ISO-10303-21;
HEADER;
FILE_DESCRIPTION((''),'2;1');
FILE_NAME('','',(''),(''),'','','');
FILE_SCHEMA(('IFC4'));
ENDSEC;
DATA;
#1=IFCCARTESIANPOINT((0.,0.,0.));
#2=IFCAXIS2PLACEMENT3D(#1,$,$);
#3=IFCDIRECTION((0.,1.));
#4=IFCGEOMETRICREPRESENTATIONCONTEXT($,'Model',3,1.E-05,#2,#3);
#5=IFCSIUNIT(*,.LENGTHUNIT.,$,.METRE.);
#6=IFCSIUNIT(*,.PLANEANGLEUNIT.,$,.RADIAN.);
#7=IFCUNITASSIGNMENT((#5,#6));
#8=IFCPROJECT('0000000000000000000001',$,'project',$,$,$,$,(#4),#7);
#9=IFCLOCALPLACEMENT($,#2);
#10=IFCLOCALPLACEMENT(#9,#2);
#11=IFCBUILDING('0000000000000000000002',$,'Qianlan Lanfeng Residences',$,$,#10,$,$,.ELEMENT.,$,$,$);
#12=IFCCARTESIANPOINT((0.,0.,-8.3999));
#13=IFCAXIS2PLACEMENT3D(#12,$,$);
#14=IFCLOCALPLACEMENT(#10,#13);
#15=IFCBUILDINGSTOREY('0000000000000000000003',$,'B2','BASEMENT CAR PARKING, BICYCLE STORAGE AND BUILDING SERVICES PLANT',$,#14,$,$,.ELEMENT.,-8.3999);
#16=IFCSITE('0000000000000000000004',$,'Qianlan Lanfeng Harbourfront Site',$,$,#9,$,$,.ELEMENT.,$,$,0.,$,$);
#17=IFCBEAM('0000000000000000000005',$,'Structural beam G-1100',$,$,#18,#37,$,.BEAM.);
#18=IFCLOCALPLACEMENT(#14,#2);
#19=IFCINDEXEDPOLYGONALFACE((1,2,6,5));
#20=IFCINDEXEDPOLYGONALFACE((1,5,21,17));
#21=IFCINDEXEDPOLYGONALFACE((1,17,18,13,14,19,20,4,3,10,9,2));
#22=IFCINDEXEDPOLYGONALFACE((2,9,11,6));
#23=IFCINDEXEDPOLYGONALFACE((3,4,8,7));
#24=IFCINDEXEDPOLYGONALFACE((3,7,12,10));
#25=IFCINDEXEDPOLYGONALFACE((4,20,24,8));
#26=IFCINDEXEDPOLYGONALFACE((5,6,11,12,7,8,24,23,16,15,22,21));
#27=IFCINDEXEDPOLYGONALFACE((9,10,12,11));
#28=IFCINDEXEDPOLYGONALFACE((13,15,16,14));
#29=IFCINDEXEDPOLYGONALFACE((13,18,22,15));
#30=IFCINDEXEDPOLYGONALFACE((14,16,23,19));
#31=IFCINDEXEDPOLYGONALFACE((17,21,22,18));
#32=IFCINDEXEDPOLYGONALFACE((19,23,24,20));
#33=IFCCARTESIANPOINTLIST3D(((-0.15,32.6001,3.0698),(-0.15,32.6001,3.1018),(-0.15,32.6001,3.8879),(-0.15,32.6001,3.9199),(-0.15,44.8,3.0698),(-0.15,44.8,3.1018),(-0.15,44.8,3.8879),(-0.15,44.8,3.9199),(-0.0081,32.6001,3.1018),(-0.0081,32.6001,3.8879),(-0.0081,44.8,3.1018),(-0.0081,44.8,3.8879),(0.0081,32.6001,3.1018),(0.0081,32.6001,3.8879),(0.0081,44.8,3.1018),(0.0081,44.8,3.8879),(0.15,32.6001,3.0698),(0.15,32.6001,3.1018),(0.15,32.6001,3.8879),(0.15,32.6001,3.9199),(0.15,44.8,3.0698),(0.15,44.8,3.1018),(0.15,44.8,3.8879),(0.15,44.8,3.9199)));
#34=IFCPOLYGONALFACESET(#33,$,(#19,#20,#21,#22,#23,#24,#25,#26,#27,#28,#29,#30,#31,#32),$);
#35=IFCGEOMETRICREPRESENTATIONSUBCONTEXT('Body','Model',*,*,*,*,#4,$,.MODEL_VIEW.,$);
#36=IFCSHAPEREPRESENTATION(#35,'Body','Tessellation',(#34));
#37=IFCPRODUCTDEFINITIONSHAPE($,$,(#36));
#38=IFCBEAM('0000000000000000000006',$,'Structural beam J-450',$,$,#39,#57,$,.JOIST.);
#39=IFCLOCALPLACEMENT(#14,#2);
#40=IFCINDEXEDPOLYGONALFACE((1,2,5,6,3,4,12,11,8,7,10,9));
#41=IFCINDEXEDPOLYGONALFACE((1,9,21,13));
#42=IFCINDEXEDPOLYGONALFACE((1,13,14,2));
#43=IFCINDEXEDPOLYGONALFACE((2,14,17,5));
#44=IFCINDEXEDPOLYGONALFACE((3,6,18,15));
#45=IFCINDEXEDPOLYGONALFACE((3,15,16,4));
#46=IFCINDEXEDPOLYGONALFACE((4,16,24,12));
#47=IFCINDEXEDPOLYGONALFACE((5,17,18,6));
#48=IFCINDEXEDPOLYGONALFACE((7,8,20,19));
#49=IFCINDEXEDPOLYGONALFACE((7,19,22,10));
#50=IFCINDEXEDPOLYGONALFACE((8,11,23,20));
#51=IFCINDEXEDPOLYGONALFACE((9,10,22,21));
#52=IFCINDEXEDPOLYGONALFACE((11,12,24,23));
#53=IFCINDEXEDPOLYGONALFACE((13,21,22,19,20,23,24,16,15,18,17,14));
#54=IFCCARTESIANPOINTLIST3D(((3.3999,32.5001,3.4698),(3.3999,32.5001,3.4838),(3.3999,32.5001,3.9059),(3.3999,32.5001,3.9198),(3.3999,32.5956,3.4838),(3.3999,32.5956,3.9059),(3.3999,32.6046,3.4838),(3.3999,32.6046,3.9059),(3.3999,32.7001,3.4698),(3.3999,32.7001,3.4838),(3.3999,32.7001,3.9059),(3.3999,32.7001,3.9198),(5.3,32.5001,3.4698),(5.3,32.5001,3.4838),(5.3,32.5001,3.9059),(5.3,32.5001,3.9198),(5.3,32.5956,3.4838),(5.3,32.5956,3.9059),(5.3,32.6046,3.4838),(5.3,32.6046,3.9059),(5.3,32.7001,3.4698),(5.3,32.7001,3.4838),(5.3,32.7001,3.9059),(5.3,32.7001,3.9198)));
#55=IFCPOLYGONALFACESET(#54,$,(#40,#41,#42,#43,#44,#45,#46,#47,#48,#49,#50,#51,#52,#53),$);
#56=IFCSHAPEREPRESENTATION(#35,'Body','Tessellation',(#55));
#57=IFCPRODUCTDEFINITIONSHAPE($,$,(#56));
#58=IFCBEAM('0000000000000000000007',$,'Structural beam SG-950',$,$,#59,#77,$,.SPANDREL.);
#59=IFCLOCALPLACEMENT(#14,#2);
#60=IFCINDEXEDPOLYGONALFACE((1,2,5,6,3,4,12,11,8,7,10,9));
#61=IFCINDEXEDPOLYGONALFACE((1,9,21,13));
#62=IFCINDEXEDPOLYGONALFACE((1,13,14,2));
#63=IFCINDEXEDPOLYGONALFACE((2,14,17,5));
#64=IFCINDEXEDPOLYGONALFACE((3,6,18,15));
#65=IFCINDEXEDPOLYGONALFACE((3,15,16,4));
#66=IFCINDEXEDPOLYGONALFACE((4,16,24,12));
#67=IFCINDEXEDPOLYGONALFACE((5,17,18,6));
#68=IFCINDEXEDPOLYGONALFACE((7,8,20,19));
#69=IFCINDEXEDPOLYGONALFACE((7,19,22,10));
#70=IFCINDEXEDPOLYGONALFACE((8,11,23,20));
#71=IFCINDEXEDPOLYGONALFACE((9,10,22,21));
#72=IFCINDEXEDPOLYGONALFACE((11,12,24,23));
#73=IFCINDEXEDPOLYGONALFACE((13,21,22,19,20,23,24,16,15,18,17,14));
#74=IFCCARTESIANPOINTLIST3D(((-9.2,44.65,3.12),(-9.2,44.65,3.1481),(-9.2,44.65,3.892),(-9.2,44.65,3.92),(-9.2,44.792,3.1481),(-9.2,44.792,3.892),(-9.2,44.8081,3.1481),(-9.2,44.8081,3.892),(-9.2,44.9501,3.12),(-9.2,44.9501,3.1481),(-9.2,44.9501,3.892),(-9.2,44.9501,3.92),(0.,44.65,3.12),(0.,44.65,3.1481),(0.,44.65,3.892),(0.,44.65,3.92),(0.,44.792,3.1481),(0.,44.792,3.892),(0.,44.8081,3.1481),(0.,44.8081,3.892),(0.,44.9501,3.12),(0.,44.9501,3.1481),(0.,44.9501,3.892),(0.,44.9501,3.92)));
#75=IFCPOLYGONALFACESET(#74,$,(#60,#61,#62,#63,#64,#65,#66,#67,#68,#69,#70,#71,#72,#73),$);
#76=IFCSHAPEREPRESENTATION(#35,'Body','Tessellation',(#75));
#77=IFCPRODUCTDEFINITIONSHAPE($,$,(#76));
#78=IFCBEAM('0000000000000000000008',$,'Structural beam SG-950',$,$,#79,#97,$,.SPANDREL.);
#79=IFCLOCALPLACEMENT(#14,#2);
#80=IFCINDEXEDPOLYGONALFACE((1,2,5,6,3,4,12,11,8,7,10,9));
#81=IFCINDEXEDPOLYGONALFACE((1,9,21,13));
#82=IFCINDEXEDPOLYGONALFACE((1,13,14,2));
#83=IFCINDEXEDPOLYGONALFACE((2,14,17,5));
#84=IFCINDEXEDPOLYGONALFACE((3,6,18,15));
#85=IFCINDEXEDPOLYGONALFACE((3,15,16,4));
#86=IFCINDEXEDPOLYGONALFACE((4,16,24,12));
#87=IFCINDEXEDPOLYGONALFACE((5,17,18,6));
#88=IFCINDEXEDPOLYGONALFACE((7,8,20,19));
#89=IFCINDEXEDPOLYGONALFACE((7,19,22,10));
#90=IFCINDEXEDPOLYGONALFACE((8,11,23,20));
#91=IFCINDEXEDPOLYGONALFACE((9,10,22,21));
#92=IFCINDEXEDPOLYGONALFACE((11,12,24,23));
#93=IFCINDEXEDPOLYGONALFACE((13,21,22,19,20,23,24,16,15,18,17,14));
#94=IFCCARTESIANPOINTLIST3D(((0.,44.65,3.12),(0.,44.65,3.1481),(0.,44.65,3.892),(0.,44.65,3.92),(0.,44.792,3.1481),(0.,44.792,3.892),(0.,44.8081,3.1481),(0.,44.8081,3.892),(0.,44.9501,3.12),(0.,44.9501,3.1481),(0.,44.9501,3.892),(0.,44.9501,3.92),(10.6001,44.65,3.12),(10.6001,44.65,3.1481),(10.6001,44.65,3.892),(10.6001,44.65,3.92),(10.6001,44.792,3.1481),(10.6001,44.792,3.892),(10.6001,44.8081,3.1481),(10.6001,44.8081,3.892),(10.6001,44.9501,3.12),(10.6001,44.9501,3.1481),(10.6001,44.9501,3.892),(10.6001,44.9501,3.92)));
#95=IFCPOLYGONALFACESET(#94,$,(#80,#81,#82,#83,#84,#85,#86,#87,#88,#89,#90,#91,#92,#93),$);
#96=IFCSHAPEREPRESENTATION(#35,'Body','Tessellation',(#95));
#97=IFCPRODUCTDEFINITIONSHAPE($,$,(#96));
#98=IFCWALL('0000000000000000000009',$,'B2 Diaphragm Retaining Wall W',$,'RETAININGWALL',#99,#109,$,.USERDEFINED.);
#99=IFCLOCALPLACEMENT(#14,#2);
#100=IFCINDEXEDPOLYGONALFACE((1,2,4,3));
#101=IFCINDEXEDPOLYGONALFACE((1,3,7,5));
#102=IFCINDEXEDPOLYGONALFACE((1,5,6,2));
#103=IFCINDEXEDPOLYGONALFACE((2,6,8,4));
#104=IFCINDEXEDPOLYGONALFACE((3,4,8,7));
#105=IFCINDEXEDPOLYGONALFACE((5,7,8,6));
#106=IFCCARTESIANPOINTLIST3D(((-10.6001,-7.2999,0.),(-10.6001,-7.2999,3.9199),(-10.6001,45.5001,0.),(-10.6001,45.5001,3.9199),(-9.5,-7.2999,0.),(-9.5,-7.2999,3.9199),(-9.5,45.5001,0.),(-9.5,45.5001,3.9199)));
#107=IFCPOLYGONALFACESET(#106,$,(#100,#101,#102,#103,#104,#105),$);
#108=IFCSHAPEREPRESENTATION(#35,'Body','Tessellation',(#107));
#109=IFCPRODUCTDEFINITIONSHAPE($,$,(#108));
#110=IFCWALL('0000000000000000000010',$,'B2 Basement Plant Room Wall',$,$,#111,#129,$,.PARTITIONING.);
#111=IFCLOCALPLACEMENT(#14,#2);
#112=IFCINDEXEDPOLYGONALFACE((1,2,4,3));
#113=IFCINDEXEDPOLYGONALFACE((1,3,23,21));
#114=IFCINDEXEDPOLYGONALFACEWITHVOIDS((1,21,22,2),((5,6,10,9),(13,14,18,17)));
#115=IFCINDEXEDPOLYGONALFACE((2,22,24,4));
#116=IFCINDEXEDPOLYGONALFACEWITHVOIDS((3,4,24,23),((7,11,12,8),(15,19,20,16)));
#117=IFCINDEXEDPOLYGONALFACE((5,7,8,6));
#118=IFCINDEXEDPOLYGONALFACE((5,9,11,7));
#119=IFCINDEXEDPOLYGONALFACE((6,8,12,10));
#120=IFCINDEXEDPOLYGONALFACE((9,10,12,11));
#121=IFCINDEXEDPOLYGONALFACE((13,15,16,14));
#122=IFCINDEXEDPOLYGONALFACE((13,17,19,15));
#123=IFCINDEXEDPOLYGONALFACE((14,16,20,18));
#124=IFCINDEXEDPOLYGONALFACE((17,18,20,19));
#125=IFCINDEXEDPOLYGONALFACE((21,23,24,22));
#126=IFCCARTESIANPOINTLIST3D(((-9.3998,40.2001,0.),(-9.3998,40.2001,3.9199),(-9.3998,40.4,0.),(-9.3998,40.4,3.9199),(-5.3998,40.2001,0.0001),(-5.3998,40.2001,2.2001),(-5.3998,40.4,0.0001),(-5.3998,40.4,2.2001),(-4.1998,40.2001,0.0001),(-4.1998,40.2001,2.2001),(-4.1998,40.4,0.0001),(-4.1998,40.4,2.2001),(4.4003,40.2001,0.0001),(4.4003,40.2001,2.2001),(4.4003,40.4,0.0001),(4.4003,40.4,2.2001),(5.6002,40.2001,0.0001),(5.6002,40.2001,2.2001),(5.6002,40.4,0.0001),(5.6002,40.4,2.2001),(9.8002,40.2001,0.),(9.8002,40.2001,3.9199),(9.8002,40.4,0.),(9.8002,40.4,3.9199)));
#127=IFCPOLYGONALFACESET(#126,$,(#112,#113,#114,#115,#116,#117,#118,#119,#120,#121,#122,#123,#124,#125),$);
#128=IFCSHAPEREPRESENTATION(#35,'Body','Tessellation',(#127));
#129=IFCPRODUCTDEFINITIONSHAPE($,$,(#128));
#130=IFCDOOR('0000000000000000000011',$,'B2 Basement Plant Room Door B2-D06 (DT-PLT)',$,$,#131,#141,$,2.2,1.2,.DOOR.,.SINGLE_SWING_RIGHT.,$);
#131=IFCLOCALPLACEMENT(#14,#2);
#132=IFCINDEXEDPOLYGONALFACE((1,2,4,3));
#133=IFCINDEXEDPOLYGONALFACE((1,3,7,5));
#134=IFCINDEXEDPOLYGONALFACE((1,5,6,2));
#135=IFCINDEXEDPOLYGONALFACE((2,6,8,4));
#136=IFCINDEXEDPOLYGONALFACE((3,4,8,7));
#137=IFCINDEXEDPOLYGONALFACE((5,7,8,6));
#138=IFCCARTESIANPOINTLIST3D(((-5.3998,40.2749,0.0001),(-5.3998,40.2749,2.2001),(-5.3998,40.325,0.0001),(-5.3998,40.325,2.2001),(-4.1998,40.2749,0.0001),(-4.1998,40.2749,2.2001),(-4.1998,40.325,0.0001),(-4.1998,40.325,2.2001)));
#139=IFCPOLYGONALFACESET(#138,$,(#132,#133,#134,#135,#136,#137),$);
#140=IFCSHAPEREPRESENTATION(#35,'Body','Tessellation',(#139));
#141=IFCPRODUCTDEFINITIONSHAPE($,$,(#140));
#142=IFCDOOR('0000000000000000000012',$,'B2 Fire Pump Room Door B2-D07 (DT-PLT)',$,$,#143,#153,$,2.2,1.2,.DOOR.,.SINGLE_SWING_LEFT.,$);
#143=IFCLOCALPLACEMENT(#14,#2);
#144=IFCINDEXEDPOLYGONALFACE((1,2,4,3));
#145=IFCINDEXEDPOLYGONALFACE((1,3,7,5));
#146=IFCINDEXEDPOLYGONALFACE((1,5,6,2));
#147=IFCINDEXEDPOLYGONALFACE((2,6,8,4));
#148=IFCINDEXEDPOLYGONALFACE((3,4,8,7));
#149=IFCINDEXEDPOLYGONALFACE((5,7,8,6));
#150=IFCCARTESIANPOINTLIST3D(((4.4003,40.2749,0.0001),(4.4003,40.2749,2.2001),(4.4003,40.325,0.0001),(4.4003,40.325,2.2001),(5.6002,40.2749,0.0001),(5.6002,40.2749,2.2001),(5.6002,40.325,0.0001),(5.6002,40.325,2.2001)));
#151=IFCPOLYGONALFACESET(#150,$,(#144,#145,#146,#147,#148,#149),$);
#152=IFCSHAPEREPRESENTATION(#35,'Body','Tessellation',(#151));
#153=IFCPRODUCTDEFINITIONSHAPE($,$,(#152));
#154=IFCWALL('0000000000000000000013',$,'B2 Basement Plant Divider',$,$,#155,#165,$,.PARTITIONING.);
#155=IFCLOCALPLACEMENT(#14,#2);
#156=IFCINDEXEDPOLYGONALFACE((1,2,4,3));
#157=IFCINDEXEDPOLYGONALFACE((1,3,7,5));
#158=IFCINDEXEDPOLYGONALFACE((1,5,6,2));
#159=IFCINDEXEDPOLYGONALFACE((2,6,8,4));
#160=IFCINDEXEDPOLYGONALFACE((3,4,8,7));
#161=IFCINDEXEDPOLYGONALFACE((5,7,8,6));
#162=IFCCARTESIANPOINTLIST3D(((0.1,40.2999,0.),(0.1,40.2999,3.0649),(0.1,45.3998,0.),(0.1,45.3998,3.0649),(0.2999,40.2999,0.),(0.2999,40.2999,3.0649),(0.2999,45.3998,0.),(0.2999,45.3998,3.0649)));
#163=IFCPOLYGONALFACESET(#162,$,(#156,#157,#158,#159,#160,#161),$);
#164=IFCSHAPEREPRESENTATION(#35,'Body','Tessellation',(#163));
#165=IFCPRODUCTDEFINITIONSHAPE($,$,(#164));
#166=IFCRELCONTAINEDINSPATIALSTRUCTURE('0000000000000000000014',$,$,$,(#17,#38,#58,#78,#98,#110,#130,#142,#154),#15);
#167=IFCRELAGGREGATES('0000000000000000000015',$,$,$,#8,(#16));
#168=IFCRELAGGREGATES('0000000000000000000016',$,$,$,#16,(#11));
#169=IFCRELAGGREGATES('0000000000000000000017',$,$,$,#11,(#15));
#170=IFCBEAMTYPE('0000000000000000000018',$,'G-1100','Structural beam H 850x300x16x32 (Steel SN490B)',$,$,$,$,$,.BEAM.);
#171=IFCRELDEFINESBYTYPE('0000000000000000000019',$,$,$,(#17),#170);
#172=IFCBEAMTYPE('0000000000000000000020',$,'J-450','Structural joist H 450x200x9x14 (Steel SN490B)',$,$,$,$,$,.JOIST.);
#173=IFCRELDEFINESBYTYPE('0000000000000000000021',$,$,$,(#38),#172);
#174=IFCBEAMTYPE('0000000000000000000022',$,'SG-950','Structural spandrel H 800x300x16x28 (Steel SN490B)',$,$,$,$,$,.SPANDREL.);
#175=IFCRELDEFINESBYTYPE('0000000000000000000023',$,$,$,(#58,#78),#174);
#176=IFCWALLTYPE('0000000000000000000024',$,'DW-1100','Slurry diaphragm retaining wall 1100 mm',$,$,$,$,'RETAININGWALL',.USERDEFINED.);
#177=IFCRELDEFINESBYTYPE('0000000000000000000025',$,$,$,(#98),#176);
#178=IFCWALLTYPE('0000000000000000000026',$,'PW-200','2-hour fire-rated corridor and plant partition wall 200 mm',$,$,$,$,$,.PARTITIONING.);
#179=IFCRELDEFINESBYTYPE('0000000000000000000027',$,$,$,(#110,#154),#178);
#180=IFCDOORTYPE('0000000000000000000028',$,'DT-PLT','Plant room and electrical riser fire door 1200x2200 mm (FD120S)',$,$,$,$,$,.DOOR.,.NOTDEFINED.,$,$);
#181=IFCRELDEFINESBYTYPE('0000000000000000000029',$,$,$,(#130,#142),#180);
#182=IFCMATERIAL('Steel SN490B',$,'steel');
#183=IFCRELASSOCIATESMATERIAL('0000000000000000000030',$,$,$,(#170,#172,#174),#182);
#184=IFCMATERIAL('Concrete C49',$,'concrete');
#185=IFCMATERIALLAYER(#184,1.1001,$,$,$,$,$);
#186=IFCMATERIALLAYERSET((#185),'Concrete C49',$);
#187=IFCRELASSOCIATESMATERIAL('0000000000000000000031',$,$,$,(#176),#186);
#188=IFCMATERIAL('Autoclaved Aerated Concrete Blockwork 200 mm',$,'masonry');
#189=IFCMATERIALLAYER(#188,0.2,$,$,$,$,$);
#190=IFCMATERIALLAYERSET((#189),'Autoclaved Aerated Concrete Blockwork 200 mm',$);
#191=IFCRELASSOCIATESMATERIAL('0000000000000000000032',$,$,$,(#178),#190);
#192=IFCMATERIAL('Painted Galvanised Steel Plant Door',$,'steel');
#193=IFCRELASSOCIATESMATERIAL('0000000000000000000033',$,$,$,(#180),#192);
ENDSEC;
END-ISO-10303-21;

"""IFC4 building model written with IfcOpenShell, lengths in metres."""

from ifc_helpers import new_model, si_unit, direction, frame, frame_2d, origin, origin_2d, place, context, subcontext, project, spatial, rectangle, i_section, extrude, material, layer, layer_set, material_profile, profile_set, type_object, element, fill, save


model = new_model("IFC4")

# Units and contexts
model_context = context("Model", 3, precision=1e-05, world=origin(), true_north=direction((0.0, 1.0)))
body_context = subcontext(model_context, "Body", "Model", "MODEL_VIEW")
ifc_project = project(units=[si_unit("LENGTHUNIT", "METRE"), si_unit("PLANEANGLEUNIT", "RADIAN")], contexts=[model_context])

# Site, building, storey
site_placement = place(None, origin())
site = spatial("IfcSite", under=ifc_project, at=site_placement, Name="Qianlan Lanfeng Harbourfront Site", CompositionType="ELEMENT", RefElevation=0.0)
building_placement = place(site_placement, origin())
building = spatial("IfcBuilding", under=site, at=building_placement, Name="Qianlan Lanfeng Residences", CompositionType="ELEMENT")
storey_placement = place(building_placement, frame((0.0, 0.0, -8.3999)))
storey = spatial("IfcBuildingStorey", under=building, at=storey_placement, Name="B2", Description="BASEMENT CAR PARKING, BICYCLE STORAGE AND BUILDING SERVICES PLANT", CompositionType="ELEMENT", Elevation=-8.3999)

# Beams
ifc_material_1 = material(Name="Steel SN490B", Category="steel")
ifc_material_profile_1 = material_profile(ifc_material_1, i_section(OverallWidth=0.3, OverallDepth=0.8501, WebThickness=0.0161, FlangeThickness=0.032, at=origin_2d()), Name="H 850x300x16x32")
ifc_profile_set_1 = profile_set([ifc_material_profile_1], Name="Steel SN490B")
beam_type_1 = type_object("IfcBeamType", Name="G-1100", Description="Structural beam H 850x300x16x32 (Steel SN490B)", PredefinedType="BEAM", material=ifc_profile_set_1)
for number, where, z_axis, x_axis, name in (
    (1, (0.0, 32.6001, 3.4949), (0.0, 1.0, 0.0), (-1.0, 0.0, 0.0), "Structural beam G-1100"),
):
    element("IfcBeam", number, at=place(storey_placement, frame(where, z_axis=z_axis, x_axis=x_axis)), inside=storey, type_object=beam_type_1, Name=name, PredefinedType="BEAM", context=body_context, shape_type="SweptSolid", body=[
        extrude(i_section(OverallWidth=0.3, OverallDepth=0.8501, WebThickness=0.0161, FlangeThickness=0.032, at=origin_2d()), origin(), (0.0, 0.0, 1.0), 12.2),
    ])
ifc_material_profile_2 = material_profile(ifc_material_1, i_section(OverallWidth=0.2, OverallDepth=0.45, WebThickness=0.009, FlangeThickness=0.0139, at=origin_2d()), Name="H 450x200x9x14")
ifc_profile_set_2 = profile_set([ifc_material_profile_2], Name="Steel SN490B")
beam_type_2 = type_object("IfcBeamType", Name="J-450", Description="Structural joist H 450x200x9x14 (Steel SN490B)", PredefinedType="JOIST", material=ifc_profile_set_2)
beam_1_placement = place(storey_placement, frame((3.3999, 32.6001, 3.6948), z_axis=(1.0, 0.0, 0.0), x_axis=(0.0, 1.0, 0.0)))
element("IfcBeam", 2, at=beam_1_placement, inside=storey, type_object=beam_type_2, Name="Structural beam J-450", PredefinedType="JOIST", context=body_context, shape_type="SweptSolid", body=[
    extrude(i_section(OverallWidth=0.2, OverallDepth=0.45, WebThickness=0.009, FlangeThickness=0.0139, at=origin_2d()), origin(), (0.0, 0.0, 1.0), 1.9001),
])
ifc_material_profile_3 = material_profile(ifc_material_1, i_section(OverallWidth=0.3, OverallDepth=0.8, WebThickness=0.0161, FlangeThickness=0.0281, at=origin_2d()), Name="H 800x300x16x28")
ifc_profile_set_3 = profile_set([ifc_material_profile_3], Name="Steel SN490B")
beam_type_3 = type_object("IfcBeamType", Name="SG-950", Description="Structural spandrel H 800x300x16x28 (Steel SN490B)", PredefinedType="SPANDREL", material=ifc_profile_set_3)
beam_2_placement = place(storey_placement, frame((-9.2, 44.8, 3.52), z_axis=(1.0, 0.0, 0.0), x_axis=(0.0, 1.0, 0.0)))
element("IfcBeam", 3, at=beam_2_placement, inside=storey, type_object=beam_type_3, Name="Structural beam SG-950", PredefinedType="SPANDREL", context=body_context, shape_type="SweptSolid", body=[
    extrude(i_section(OverallWidth=0.3, OverallDepth=0.8, WebThickness=0.0161, FlangeThickness=0.0281, at=origin_2d()), origin(), (0.0, 0.0, 1.0), 9.2),
])
beam_3_placement = place(storey_placement, frame((0.0, 44.8, 3.52), z_axis=(1.0, 0.0, 0.0), x_axis=(0.0, 1.0, 0.0)))
element("IfcBeam", 4, at=beam_3_placement, inside=storey, type_object=beam_type_3, Name="Structural beam SG-950", PredefinedType="SPANDREL", context=body_context, shape_type="SweptSolid", body=[
    extrude(i_section(OverallWidth=0.3, OverallDepth=0.8, WebThickness=0.0161, FlangeThickness=0.0281, at=origin_2d()), origin(), (0.0, 0.0, 1.0), 10.6001),
])

# Wall
ifc_material_2 = material(Name="Concrete C49", Category="concrete")
ifc_layer_1 = layer(ifc_material_2, 1.1001)
ifc_layer_set_1 = layer_set([ifc_layer_1], Name="Concrete C49")
wall_type_1 = type_object("IfcWallType", Name="DW-1100", Description="Slurry diaphragm retaining wall 1100 mm", ElementType="RETAININGWALL", PredefinedType="USERDEFINED", material=ifc_layer_set_1)
wall_1_placement = place(storey_placement, frame((-10.05, 45.5, 0.0), z_axis=(0.0, 0.0, 1.0), x_axis=(0.0, -1.0, 0.0)))
element("IfcWall", 5, at=wall_1_placement, inside=storey, type_object=wall_type_1, Name="B2 Diaphragm Retaining Wall W", ObjectType="RETAININGWALL", PredefinedType="USERDEFINED", context=body_context, shape_type="SweptSolid", body=[
    extrude(rectangle(XDim=52.8, YDim=1.1001, at=frame_2d((26.3999, 0.0))), origin(), (0.0, 0.0, 1.0), 3.9199),
])

# Wall, openings, doors
ifc_material_3 = material(Name="Autoclaved Aerated Concrete Blockwork 200 mm", Category="masonry")
ifc_layer_2 = layer(ifc_material_3, 0.2)
ifc_layer_set_2 = layer_set([ifc_layer_2], Name="Autoclaved Aerated Concrete Blockwork 200 mm")
wall_type_2 = type_object("IfcWallType", Name="PW-200", Description="2-hour fire-rated corridor and plant partition wall 200 mm", PredefinedType="PARTITIONING", material=ifc_layer_set_2)
wall_2_placement = place(storey_placement, frame((-9.3999, 40.3, 0.0), z_axis=(0.0, 0.0, 1.0), x_axis=(1.0, 0.0, 0.0)))
wall_2 = element("IfcWall", 6, at=wall_2_placement, inside=storey, type_object=wall_type_2, Name="B2 Basement Plant Room Wall", PredefinedType="PARTITIONING", context=body_context, shape_type="SweptSolid", body=[
    extrude(rectangle(XDim=19.2, YDim=0.2, at=frame_2d((9.6001, 0.0))), origin(), (0.0, 0.0, 1.0), 3.9199),
])
opening_1_placement = place(wall_2_placement, frame((4.0, 0.0, 0.0)))
opening_1 = element("IfcOpeningElement", 7, at=opening_1_placement, cuts=wall_2, PredefinedType="OPENING", context=body_context, shape_type="SweptSolid", body=[
    extrude(rectangle(XDim=1.2, YDim=2.2, at=frame_2d((0.6001, 1.1001))), frame((0.0, 0.1099, 0.0), z_axis=(0.0, -1.0, 0.0), x_axis=(1.0, 0.0, 0.0)), (0.0, 0.0, 1.0), 0.22),
])
opening_2_placement = place(wall_2_placement, frame((13.8, 0.0, 0.0)))
opening_2 = element("IfcOpeningElement", 8, at=opening_2_placement, cuts=wall_2, PredefinedType="OPENING", context=body_context, shape_type="SweptSolid", body=[
    extrude(rectangle(XDim=1.2, YDim=2.2, at=frame_2d((0.6001, 1.1001))), frame((0.0, 0.1099, 0.0), z_axis=(0.0, -1.0, 0.0), x_axis=(1.0, 0.0, 0.0)), (0.0, 0.0, 1.0), 0.22),
])
ifc_material_4 = material(Name="Painted Galvanised Steel Plant Door", Category="steel")
door_type = type_object("IfcDoorType", Name="DT-PLT", Description="Plant room and electrical riser fire door 1200x2200 mm (FD120S)", OperationType="NOTDEFINED", PredefinedType="DOOR", material=ifc_material_4)
door_1_placement = place(opening_1_placement, origin())
door_1 = element("IfcDoor", 9, at=door_1_placement, inside=storey, type_object=door_type, Name="B2 Basement Plant Room Door B2-D06 (DT-PLT)", OperationType="SINGLE_SWING_RIGHT", OverallHeight=2.2, OverallWidth=1.2, PredefinedType="DOOR", context=body_context, shape_type="SweptSolid", body=[
    extrude(rectangle(XDim=1.2, YDim=2.2, at=frame_2d((0.6001, 1.1001))), frame((0.0, 0.0249, 0.0), z_axis=(0.0, -1.0, 0.0), x_axis=(1.0, 0.0, 0.0)), (0.0, 0.0, 1.0), 0.05),
])
fill(opening_1, door_1)
door_2_placement = place(opening_2_placement, origin())
door_2 = element("IfcDoor", 10, at=door_2_placement, inside=storey, type_object=door_type, Name="B2 Fire Pump Room Door B2-D07 (DT-PLT)", OperationType="SINGLE_SWING_LEFT", OverallHeight=2.2, OverallWidth=1.2, PredefinedType="DOOR", context=body_context, shape_type="SweptSolid", body=[
    extrude(rectangle(XDim=1.2, YDim=2.2, at=frame_2d((0.6001, 1.1001))), frame((0.0, 0.0249, 0.0), z_axis=(0.0, -1.0, 0.0), x_axis=(1.0, 0.0, 0.0)), (0.0, 0.0, 1.0), 0.05),
])
fill(opening_2, door_2)

# Wall
wall_3_placement = place(storey_placement, frame((0.2, 40.3, 0.0), z_axis=(0.0, 0.0, 1.0), x_axis=(0.0, 1.0, 0.0)))
element("IfcWall", 11, at=wall_3_placement, inside=storey, type_object=wall_type_2, Name="B2 Basement Plant Divider", PredefinedType="PARTITIONING", context=body_context, shape_type="SweptSolid", body=[
    extrude(rectangle(XDim=5.0999, YDim=0.2, at=frame_2d((2.5498, 0.0))), origin(), (0.0, 0.0, 1.0), 3.0649),
])

save(model, "model.ifc")
